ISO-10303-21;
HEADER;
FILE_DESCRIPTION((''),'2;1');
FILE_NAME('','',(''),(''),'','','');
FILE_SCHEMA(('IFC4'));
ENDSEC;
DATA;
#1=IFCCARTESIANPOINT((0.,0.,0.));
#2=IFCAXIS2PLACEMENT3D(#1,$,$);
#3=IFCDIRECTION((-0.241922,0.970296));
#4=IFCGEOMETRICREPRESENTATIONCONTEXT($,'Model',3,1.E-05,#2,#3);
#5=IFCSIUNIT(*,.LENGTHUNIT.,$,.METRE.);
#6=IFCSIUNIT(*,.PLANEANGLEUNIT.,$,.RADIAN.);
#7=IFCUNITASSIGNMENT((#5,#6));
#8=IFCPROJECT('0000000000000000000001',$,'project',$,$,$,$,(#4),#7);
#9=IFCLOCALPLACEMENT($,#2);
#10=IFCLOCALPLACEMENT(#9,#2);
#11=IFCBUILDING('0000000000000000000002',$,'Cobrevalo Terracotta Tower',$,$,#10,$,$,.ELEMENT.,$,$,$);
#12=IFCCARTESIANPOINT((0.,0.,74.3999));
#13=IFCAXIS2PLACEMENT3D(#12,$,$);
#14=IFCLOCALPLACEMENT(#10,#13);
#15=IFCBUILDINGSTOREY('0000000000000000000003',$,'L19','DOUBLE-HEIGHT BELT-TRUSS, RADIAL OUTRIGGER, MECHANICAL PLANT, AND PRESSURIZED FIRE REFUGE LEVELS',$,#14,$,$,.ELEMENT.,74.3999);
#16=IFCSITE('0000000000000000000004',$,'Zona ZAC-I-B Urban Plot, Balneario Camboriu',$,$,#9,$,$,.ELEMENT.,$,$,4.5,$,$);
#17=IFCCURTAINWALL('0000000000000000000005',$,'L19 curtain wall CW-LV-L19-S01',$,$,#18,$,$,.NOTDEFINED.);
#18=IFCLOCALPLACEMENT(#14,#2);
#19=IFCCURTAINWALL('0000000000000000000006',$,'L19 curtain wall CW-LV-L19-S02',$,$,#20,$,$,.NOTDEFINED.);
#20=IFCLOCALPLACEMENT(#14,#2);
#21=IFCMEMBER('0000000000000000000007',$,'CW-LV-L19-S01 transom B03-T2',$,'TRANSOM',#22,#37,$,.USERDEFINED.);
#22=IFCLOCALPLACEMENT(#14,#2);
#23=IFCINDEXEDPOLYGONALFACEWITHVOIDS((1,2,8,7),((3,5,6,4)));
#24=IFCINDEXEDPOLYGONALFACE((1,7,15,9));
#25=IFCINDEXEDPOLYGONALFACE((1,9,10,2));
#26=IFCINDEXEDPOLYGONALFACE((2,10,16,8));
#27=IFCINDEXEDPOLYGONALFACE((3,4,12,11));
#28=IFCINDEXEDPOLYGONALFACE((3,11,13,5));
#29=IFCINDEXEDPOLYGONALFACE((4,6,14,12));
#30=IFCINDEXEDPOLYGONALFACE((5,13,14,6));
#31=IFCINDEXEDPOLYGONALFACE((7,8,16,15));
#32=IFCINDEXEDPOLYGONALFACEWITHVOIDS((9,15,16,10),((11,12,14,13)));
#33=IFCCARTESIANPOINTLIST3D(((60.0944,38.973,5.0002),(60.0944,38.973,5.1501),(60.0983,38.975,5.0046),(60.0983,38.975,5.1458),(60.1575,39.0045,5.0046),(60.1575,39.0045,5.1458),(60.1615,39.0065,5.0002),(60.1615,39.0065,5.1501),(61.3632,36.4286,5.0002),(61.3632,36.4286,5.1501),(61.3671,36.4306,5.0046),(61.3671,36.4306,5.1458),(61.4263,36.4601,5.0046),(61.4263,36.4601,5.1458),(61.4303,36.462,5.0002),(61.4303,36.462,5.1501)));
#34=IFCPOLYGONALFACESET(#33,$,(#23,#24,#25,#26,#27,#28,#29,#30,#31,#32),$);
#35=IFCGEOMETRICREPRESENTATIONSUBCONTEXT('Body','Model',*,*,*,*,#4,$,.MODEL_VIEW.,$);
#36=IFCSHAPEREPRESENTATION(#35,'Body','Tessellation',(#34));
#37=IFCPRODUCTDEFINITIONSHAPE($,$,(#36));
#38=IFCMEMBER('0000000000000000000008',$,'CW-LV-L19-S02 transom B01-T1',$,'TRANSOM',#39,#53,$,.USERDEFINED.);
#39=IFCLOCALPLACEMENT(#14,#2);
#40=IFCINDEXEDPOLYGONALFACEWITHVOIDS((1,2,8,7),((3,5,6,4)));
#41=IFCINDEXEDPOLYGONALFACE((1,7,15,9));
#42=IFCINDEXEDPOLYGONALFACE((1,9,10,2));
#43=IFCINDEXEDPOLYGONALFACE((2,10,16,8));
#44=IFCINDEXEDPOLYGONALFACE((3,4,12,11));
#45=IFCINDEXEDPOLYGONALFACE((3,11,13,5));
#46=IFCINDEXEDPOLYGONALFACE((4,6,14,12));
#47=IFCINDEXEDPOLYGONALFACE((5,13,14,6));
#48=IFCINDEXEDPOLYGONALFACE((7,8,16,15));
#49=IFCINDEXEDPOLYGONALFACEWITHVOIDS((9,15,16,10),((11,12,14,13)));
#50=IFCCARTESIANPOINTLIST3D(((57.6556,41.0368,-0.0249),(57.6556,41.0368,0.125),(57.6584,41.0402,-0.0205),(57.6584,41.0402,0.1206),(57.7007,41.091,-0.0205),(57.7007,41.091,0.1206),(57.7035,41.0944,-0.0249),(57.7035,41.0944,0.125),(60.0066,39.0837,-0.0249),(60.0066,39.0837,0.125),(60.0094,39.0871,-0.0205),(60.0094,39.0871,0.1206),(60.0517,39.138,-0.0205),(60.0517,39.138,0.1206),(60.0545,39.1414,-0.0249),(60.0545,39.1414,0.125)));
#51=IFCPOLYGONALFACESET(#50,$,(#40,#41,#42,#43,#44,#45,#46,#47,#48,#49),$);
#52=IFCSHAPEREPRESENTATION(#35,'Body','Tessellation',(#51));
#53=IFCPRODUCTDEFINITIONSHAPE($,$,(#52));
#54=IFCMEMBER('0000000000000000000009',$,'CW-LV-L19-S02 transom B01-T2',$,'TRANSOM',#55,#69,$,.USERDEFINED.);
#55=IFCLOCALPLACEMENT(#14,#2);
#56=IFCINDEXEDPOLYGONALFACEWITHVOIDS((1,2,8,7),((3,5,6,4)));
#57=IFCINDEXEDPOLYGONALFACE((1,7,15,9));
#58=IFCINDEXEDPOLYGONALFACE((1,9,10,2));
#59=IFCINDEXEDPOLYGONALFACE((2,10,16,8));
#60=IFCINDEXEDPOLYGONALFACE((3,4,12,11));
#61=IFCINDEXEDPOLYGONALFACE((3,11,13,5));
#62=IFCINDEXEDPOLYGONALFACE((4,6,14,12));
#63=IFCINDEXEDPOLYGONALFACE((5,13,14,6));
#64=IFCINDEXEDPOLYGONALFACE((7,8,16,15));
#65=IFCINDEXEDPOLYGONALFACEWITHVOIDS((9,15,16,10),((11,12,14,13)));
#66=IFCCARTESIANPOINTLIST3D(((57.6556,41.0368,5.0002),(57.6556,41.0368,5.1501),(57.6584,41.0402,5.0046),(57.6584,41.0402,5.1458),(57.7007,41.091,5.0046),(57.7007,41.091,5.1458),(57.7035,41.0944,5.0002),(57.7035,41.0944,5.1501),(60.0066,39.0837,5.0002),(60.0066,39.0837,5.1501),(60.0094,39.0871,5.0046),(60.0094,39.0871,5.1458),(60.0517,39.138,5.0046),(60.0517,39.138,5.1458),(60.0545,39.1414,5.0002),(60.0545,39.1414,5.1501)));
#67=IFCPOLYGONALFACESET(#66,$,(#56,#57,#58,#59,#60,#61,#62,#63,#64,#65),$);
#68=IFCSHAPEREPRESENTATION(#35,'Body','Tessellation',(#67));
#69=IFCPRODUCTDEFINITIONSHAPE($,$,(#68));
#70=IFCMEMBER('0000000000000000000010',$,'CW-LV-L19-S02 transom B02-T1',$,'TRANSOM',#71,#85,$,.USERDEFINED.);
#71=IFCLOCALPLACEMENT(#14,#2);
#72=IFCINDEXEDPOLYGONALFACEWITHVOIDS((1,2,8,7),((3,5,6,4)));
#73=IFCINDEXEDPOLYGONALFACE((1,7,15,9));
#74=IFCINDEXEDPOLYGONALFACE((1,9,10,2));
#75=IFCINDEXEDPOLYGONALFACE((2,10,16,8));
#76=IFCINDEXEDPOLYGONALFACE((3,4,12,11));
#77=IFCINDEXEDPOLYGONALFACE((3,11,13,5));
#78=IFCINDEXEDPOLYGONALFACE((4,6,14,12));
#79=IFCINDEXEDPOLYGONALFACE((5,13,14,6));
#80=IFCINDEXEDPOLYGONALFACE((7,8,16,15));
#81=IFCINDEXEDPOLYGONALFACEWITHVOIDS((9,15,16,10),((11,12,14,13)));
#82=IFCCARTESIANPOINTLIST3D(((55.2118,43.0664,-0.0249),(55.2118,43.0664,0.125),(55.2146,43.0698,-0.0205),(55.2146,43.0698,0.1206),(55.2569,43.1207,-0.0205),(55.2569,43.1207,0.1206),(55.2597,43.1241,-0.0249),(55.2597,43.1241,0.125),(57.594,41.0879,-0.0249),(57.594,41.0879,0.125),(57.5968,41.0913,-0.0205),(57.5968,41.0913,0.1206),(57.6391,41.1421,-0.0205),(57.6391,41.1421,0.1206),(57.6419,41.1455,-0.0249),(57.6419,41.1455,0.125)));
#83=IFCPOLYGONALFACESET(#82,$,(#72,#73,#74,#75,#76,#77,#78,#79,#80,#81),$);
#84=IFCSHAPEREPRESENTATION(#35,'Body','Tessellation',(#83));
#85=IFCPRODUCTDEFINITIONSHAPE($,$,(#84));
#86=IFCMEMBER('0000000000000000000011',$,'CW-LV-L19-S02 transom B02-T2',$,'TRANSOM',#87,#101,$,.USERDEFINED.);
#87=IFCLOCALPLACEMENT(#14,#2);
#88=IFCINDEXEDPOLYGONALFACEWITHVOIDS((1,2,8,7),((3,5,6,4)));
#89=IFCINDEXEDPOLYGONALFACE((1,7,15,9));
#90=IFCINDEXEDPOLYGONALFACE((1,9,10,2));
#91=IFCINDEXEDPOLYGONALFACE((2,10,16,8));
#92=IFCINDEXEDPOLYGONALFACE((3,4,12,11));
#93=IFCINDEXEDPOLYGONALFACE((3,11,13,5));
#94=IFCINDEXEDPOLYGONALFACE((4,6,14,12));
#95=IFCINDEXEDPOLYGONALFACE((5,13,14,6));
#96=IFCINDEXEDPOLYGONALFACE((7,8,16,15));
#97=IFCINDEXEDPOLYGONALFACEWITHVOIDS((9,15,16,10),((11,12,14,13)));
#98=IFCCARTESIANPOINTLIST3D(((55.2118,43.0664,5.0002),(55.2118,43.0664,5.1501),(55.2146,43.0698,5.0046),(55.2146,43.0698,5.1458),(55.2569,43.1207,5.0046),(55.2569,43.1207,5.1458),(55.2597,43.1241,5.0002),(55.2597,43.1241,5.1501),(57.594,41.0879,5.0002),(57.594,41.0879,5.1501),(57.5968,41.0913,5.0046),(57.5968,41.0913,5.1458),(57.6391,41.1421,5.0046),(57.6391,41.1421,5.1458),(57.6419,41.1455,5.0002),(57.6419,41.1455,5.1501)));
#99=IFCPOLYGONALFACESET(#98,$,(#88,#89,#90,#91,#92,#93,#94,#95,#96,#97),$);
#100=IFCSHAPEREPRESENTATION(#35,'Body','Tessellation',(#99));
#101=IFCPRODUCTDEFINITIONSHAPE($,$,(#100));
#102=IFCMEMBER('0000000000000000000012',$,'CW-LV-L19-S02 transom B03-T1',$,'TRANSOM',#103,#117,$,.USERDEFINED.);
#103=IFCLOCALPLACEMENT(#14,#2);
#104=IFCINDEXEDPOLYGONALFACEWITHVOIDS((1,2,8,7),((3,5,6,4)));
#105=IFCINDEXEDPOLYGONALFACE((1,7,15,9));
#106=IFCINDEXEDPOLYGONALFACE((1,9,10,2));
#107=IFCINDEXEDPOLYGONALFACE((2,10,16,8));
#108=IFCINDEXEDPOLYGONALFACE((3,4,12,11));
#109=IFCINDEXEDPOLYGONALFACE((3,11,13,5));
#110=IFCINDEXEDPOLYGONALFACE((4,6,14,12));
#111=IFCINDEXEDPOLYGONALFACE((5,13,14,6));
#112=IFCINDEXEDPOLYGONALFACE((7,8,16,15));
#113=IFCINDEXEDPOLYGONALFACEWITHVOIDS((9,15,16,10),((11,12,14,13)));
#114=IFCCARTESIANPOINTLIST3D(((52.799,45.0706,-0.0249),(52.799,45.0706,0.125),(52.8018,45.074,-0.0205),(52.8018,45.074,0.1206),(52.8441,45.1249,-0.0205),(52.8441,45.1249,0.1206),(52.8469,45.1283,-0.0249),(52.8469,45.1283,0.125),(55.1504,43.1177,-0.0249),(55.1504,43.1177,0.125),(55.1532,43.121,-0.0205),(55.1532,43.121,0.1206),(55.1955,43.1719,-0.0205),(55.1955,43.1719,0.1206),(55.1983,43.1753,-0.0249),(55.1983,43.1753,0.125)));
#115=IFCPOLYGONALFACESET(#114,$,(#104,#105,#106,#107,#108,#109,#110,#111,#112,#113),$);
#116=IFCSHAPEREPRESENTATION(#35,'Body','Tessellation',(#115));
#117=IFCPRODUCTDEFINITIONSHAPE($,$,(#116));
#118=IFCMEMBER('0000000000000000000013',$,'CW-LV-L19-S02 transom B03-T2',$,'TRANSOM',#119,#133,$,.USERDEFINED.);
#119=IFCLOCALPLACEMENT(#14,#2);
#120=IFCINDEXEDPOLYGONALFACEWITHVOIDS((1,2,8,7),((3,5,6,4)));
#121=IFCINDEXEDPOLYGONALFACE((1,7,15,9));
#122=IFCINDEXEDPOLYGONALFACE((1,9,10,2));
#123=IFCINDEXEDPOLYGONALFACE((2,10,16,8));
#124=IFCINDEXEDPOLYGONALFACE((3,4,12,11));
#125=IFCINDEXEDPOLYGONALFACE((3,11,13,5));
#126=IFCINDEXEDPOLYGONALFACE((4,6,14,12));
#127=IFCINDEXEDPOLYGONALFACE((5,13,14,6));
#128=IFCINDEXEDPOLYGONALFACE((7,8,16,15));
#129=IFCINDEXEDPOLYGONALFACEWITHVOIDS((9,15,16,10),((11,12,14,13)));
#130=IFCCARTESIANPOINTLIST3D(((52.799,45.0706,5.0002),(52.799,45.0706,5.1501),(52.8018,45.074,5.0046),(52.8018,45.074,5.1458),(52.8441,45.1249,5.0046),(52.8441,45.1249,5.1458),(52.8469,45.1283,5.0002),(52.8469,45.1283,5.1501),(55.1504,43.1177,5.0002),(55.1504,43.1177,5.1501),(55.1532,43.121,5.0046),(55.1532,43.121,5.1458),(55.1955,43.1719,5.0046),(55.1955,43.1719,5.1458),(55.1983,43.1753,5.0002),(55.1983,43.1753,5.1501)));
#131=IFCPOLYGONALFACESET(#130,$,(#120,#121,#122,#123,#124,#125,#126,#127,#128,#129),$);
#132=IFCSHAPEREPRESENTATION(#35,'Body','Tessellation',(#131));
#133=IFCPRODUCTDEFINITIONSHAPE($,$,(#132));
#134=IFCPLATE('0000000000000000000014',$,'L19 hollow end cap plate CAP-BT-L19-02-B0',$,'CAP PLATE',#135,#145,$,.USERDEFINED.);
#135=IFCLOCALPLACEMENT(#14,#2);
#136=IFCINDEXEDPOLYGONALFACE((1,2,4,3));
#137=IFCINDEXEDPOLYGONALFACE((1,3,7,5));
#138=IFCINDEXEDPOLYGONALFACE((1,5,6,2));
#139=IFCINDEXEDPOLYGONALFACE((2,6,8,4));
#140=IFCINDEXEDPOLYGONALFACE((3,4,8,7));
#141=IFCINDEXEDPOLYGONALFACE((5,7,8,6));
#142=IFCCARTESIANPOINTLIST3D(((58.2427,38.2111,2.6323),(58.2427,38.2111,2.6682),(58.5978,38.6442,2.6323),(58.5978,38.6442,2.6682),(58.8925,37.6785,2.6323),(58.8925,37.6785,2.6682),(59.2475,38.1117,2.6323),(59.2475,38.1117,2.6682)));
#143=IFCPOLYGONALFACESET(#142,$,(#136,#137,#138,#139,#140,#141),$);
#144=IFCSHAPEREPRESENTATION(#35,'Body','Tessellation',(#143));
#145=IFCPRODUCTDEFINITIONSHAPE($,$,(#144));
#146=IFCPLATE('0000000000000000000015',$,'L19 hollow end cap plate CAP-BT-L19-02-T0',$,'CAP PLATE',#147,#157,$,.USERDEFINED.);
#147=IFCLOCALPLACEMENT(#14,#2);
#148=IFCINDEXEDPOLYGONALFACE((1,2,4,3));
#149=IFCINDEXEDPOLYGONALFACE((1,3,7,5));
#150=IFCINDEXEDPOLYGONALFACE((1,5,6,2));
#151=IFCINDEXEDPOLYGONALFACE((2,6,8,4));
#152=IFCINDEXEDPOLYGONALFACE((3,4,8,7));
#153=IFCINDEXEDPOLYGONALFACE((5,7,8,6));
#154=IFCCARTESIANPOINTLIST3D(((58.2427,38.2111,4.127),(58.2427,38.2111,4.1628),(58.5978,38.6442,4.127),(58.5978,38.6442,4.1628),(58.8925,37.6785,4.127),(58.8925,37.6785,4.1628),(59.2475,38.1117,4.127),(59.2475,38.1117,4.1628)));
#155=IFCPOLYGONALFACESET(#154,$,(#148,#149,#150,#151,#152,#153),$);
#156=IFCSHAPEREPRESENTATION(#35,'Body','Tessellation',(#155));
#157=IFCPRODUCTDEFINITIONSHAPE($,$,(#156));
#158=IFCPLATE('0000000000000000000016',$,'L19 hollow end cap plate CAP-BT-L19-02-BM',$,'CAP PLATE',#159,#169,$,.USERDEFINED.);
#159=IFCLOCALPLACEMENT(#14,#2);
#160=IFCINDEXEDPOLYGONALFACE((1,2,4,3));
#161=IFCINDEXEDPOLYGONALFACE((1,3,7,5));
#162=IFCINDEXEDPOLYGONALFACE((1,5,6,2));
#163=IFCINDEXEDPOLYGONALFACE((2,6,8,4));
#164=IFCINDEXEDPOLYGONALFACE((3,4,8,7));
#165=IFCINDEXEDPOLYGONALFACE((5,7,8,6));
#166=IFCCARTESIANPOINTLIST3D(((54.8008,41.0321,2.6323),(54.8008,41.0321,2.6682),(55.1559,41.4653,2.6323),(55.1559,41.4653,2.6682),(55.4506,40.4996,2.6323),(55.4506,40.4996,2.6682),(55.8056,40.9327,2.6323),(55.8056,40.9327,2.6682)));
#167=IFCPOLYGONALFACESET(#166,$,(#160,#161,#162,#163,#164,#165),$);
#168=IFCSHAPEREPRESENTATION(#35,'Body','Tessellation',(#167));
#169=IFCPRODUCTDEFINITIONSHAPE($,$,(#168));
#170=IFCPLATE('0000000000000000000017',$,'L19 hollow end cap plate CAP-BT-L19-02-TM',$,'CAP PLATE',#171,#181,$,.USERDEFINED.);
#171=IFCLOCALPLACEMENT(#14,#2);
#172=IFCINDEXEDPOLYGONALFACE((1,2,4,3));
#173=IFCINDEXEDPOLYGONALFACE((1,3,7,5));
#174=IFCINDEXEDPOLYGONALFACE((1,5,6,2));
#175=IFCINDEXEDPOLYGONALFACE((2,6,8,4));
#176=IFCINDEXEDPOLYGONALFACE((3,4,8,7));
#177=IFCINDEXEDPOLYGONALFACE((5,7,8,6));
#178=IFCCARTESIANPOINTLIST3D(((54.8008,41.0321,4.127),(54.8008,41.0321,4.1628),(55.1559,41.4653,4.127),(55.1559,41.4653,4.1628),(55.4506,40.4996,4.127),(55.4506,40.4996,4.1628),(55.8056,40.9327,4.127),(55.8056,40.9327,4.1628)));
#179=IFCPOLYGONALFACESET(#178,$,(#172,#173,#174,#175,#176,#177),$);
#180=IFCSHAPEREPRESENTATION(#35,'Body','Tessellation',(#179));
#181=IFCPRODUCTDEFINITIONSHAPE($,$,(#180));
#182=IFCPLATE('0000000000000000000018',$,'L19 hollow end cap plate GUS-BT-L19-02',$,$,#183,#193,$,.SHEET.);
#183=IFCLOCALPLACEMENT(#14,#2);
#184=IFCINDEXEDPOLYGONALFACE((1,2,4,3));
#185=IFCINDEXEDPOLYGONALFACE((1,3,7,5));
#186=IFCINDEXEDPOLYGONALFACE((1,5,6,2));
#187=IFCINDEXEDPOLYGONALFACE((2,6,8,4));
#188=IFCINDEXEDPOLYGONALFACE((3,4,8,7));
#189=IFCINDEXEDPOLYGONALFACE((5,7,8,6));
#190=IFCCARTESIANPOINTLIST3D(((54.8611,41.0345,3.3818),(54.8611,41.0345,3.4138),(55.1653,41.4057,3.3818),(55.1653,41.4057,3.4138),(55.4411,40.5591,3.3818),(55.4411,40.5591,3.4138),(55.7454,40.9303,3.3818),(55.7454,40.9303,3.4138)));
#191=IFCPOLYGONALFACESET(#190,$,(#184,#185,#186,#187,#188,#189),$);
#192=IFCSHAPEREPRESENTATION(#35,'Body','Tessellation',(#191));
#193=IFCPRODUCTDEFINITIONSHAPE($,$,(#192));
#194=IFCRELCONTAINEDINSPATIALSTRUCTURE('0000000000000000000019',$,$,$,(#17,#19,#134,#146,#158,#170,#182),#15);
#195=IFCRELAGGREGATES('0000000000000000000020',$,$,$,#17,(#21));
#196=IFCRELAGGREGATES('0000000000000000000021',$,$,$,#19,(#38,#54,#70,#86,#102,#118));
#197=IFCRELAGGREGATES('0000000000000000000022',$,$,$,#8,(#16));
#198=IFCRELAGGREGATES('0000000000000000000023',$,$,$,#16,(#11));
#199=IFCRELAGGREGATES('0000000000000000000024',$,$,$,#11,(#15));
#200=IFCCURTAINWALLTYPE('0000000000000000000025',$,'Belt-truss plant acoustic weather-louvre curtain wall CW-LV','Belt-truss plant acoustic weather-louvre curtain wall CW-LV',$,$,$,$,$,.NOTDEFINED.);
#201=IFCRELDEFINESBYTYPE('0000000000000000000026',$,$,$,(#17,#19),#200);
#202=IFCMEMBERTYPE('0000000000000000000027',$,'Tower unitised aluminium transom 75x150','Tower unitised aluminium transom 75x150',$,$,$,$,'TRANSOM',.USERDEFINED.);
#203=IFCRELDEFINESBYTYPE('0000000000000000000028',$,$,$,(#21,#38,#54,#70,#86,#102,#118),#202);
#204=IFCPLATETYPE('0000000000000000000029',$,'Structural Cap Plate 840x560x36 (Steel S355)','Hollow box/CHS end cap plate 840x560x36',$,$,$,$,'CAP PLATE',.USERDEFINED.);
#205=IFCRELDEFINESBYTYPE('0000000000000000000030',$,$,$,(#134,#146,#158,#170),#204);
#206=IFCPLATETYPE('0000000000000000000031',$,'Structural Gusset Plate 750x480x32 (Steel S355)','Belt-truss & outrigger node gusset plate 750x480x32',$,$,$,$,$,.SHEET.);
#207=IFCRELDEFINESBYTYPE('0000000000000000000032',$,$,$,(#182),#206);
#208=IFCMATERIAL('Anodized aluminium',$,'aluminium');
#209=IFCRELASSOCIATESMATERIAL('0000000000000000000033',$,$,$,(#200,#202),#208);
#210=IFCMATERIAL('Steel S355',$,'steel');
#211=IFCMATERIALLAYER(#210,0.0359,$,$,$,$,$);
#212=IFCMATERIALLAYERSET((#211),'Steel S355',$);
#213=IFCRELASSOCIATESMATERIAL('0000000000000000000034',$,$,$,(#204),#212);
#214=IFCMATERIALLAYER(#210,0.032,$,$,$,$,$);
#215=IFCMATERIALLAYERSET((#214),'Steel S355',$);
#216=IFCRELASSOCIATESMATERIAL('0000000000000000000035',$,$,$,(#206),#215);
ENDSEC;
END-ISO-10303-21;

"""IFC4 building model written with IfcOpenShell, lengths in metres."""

from ifc_helpers import new_model, si_unit, direction, frame, origin, origin_2d, place, context, subcontext, project, spatial, rectangle, hollow_rectangle, extrude, source, transform, mapped, material, layer, layer_set, material_profile, profile_set, type_object, element, aggregate, save


model = new_model("IFC4")

# Units and contexts
model_context = context("Model", 3, precision=1e-05, world=origin(), true_north=direction((-0.241922, 0.970296)))
body_context = subcontext(model_context, "Body", "Model", "MODEL_VIEW")
ifc_project = project(units=[si_unit("LENGTHUNIT", "METRE"), si_unit("PLANEANGLEUNIT", "RADIAN")], contexts=[model_context])

# Site, building, storey
site_placement = place(None, origin())
site = spatial("IfcSite", under=ifc_project, at=site_placement, Name="Zona ZAC-I-B Urban Plot, Balneario Camboriu", CompositionType="ELEMENT", RefElevation=4.5)
building_placement = place(site_placement, origin())
building = spatial("IfcBuilding", under=site, at=building_placement, Name="Cobrevalo Terracotta Tower", CompositionType="ELEMENT")
storey_placement = place(building_placement, frame((0.0, 0.0, 74.3999)))
storey = spatial("IfcBuildingStorey", under=building, at=storey_placement, Name="L19", Description="DOUBLE-HEIGHT BELT-TRUSS, RADIAL OUTRIGGER, MECHANICAL PLANT, AND PRESSURIZED FIRE REFUGE LEVELS", CompositionType="ELEMENT", Elevation=74.3999)

# Shared definitions
ifc_material_1 = material(Name="Steel S355", Category="steel")

# Curtain walls
ifc_material_2 = material(Name="Anodized aluminium", Category="aluminium")
curtain_wall_type = type_object("IfcCurtainWallType", Name="Belt-truss plant acoustic weather-louvre curtain wall CW-LV", Description="Belt-truss plant acoustic weather-louvre curtain wall CW-LV", PredefinedType="NOTDEFINED", material=ifc_material_2)
curtain_wall_1_placement = place(storey_placement, origin())
curtain_wall_1 = element("IfcCurtainWall", 1, at=curtain_wall_1_placement, inside=storey, type_object=curtain_wall_type, Name="L19 curtain wall CW-LV-L19-S01", PredefinedType="NOTDEFINED")
curtain_wall_2_placement = place(storey_placement, origin())
curtain_wall_2 = element("IfcCurtainWall", 2, at=curtain_wall_2_placement, inside=storey, type_object=curtain_wall_type, Name="L19 curtain wall CW-LV-L19-S02", PredefinedType="NOTDEFINED")

# Members
ifc_material_profile_1 = material_profile(ifc_material_2, hollow_rectangle(XDim=0.075, YDim=0.1499, WallThickness=0.0044, at=origin_2d()), Name="CWT 75x150")
ifc_profile_set_1 = profile_set([ifc_material_profile_1], Name="Anodized aluminium")
member_type_1 = type_object("IfcMemberType", Name="Tower unitised aluminium transom 75x150", Description="Tower unitised aluminium transom 75x150", ElementType="TRANSOM", PredefinedType="USERDEFINED", material=ifc_profile_set_1)
shared_shape_1 = source(origin(), body_context, "Body", "SweptSolid", [
    extrude(hollow_rectangle(XDim=0.075, YDim=0.1499, WallThickness=0.0044, at=origin_2d()), origin(), (0.0, 0.0, 1.0), 2.8433),
])
member_1_placement = place(storey_placement, frame((61.3967, 36.4453, 5.0752), z_axis=(-0.446252, 0.894908, 0.0), x_axis=(-0.894908, -0.446252, 0.0)))
member_1 = element("IfcMember", 3, at=member_1_placement, type_object=member_type_1, Name="CW-LV-L19-S01 transom B03-T2", ObjectType="TRANSOM", PredefinedType="USERDEFINED", context=body_context, shape_type="MappedRepresentation", body=[
    mapped(shared_shape_1, transform((0.0, 0.0, 0.0), scale=1.0)),
])
shared_shape_2 = source(origin(), body_context, "Body", "SweptSolid", [
    extrude(hollow_rectangle(XDim=0.075, YDim=0.1499, WallThickness=0.0044, at=origin_2d()), origin(), (0.0, 0.0, 1.0), 3.0564),
])
member_2_placement = place(storey_placement, frame((60.0305, 39.1125, 0.05), z_axis=(-0.769202, 0.639005, 0.0), x_axis=(-0.639005, -0.769202, 0.0)))
member_2 = element("IfcMember", 4, at=member_2_placement, type_object=member_type_1, Name="CW-LV-L19-S02 transom B01-T1", ObjectType="TRANSOM", PredefinedType="USERDEFINED", context=body_context, shape_type="MappedRepresentation", body=[
    mapped(shared_shape_2, transform((0.0, 0.0, 0.0), scale=1.0)),
])
member_3_placement = place(storey_placement, frame((60.0305, 39.1125, 5.0752), z_axis=(-0.769202, 0.639005, 0.0), x_axis=(-0.639005, -0.769202, 0.0)))
member_3 = element("IfcMember", 5, at=member_3_placement, type_object=member_type_1, Name="CW-LV-L19-S02 transom B01-T2", ObjectType="TRANSOM", PredefinedType="USERDEFINED", context=body_context, shape_type="MappedRepresentation", body=[
    mapped(shared_shape_2, transform((0.0, 0.0, 0.0), scale=1.0)),
])
shared_shape_3 = source(origin(), body_context, "Body", "SweptSolid", [
    extrude(hollow_rectangle(XDim=0.075, YDim=0.1499, WallThickness=0.0044, at=origin_2d()), origin(), (0.0, 0.0, 1.0), 3.0967),
])
member_4_placement = place(storey_placement, frame((57.6179, 41.1167, 0.05), z_axis=(-0.769261, 0.638935, 0.0), x_axis=(-0.638935, -0.769261, 0.0)))
member_4 = element("IfcMember", 6, at=member_4_placement, type_object=member_type_1, Name="CW-LV-L19-S02 transom B02-T1", ObjectType="TRANSOM", PredefinedType="USERDEFINED", context=body_context, shape_type="MappedRepresentation", body=[
    mapped(shared_shape_3, transform((0.0, 0.0, 0.0), scale=1.0)),
])
member_5_placement = place(storey_placement, frame((57.6179, 41.1167, 5.0752), z_axis=(-0.769261, 0.638935, 0.0), x_axis=(-0.638935, -0.769261, 0.0)))
member_5 = element("IfcMember", 7, at=member_5_placement, type_object=member_type_1, Name="CW-LV-L19-S02 transom B02-T2", ObjectType="TRANSOM", PredefinedType="USERDEFINED", context=body_context, shape_type="MappedRepresentation", body=[
    mapped(shared_shape_3, transform((0.0, 0.0, 0.0), scale=1.0)),
])
shared_shape_4 = source(origin(), body_context, "Body", "SweptSolid", [
    extrude(hollow_rectangle(XDim=0.075, YDim=0.1499, WallThickness=0.0044, at=origin_2d()), origin(), (0.0, 0.0, 1.0), 3.0566),
])
member_6_placement = place(storey_placement, frame((55.1743, 43.1465, 0.05), z_axis=(-0.769274, 0.638919, 0.0), x_axis=(-0.638919, -0.769274, 0.0)))
member_6 = element("IfcMember", 8, at=member_6_placement, type_object=member_type_1, Name="CW-LV-L19-S02 transom B03-T1", ObjectType="TRANSOM", PredefinedType="USERDEFINED", context=body_context, shape_type="MappedRepresentation", body=[
    mapped(shared_shape_4, transform((0.0, 0.0, 0.0), scale=1.0)),
])
member_7_placement = place(storey_placement, frame((55.1743, 43.1465, 5.0752), z_axis=(-0.769274, 0.638919, 0.0), x_axis=(-0.638919, -0.769274, 0.0)))
member_7 = element("IfcMember", 9, at=member_7_placement, type_object=member_type_1, Name="CW-LV-L19-S02 transom B03-T2", ObjectType="TRANSOM", PredefinedType="USERDEFINED", context=body_context, shape_type="MappedRepresentation", body=[
    mapped(shared_shape_4, transform((0.0, 0.0, 0.0), scale=1.0)),
])

# Plates
ifc_layer_1 = layer(ifc_material_1, 0.0359)
ifc_layer_set_1 = layer_set([ifc_layer_1], Name="Steel S355")
plate_type_1 = type_object("IfcPlateType", Name="Structural Cap Plate 840x560x36 (Steel S355)", Description="Hollow box/CHS end cap plate 840x560x36", ElementType="CAP PLATE", PredefinedType="USERDEFINED", material=ifc_layer_set_1)
shared_shape_5 = source(origin(), body_context, "Body", "SweptSolid", [
    extrude(rectangle(XDim=0.8401, YDim=0.5601, at=origin_2d()), origin(), (0.0, 0.0, 1.0), 0.0359),
])
for number, where, z_axis, x_axis, name in (
    (10, (58.7451, 38.1614, 2.6323), (0.0, 0.0, 1.0), (-0.773404, 0.633913, 0.0), "L19 hollow end cap plate CAP-BT-L19-02-B0"),
    (11, (58.7451, 38.1614, 4.127), (0.0, 0.0, 1.0), (-0.773404, 0.633913, 0.0), "L19 hollow end cap plate CAP-BT-L19-02-T0"),
    (12, (55.3032, 40.9824, 2.6323), (0.0, 0.0, 1.0), (-0.773404, 0.633913, 0.0), "L19 hollow end cap plate CAP-BT-L19-02-BM"),
    (13, (55.3032, 40.9824, 4.127), (0.0, 0.0, 1.0), (-0.773404, 0.633913, 0.0), "L19 hollow end cap plate CAP-BT-L19-02-TM"),
):
    element("IfcPlate", number, at=place(storey_placement, frame(where, z_axis=z_axis, x_axis=x_axis)), inside=storey, type_object=plate_type_1, Name=name, ObjectType="CAP PLATE", PredefinedType="USERDEFINED", context=body_context, shape_type="MappedRepresentation", body=[
        mapped(shared_shape_5, transform((0.0, 0.0, 0.0), scale=1.0)),
    ])
ifc_layer_2 = layer(ifc_material_1, 0.032)
ifc_layer_set_2 = layer_set([ifc_layer_2], Name="Steel S355")
plate_type_2 = type_object("IfcPlateType", Name="Structural Gusset Plate 750x480x32 (Steel S355)", Description="Belt-truss & outrigger node gusset plate 750x480x32", PredefinedType="SHEET", material=ifc_layer_set_2)
shared_shape_6 = source(origin(), body_context, "Body", "SweptSolid", [
    extrude(rectangle(XDim=0.75, YDim=0.48, at=origin_2d()), origin(), (0.0, 0.0, 1.0), 0.032),
])
plate_1_placement = place(storey_placement, frame((55.3032, 40.9824, 3.3818), z_axis=(0.0, 0.0, 1.0), x_axis=(-0.773404, 0.633913, 0.0)))
element("IfcPlate", 14, at=plate_1_placement, inside=storey, type_object=plate_type_2, Name="L19 hollow end cap plate GUS-BT-L19-02", PredefinedType="SHEET", context=body_context, shape_type="MappedRepresentation", body=[
    mapped(shared_shape_6, transform((0.0, 0.0, 0.0), scale=1.0)),
])

aggregate(curtain_wall_1, [member_1])
aggregate(curtain_wall_2, [member_2, member_3, member_4, member_5, member_6, member_7])

save(model, "model.ifc")
